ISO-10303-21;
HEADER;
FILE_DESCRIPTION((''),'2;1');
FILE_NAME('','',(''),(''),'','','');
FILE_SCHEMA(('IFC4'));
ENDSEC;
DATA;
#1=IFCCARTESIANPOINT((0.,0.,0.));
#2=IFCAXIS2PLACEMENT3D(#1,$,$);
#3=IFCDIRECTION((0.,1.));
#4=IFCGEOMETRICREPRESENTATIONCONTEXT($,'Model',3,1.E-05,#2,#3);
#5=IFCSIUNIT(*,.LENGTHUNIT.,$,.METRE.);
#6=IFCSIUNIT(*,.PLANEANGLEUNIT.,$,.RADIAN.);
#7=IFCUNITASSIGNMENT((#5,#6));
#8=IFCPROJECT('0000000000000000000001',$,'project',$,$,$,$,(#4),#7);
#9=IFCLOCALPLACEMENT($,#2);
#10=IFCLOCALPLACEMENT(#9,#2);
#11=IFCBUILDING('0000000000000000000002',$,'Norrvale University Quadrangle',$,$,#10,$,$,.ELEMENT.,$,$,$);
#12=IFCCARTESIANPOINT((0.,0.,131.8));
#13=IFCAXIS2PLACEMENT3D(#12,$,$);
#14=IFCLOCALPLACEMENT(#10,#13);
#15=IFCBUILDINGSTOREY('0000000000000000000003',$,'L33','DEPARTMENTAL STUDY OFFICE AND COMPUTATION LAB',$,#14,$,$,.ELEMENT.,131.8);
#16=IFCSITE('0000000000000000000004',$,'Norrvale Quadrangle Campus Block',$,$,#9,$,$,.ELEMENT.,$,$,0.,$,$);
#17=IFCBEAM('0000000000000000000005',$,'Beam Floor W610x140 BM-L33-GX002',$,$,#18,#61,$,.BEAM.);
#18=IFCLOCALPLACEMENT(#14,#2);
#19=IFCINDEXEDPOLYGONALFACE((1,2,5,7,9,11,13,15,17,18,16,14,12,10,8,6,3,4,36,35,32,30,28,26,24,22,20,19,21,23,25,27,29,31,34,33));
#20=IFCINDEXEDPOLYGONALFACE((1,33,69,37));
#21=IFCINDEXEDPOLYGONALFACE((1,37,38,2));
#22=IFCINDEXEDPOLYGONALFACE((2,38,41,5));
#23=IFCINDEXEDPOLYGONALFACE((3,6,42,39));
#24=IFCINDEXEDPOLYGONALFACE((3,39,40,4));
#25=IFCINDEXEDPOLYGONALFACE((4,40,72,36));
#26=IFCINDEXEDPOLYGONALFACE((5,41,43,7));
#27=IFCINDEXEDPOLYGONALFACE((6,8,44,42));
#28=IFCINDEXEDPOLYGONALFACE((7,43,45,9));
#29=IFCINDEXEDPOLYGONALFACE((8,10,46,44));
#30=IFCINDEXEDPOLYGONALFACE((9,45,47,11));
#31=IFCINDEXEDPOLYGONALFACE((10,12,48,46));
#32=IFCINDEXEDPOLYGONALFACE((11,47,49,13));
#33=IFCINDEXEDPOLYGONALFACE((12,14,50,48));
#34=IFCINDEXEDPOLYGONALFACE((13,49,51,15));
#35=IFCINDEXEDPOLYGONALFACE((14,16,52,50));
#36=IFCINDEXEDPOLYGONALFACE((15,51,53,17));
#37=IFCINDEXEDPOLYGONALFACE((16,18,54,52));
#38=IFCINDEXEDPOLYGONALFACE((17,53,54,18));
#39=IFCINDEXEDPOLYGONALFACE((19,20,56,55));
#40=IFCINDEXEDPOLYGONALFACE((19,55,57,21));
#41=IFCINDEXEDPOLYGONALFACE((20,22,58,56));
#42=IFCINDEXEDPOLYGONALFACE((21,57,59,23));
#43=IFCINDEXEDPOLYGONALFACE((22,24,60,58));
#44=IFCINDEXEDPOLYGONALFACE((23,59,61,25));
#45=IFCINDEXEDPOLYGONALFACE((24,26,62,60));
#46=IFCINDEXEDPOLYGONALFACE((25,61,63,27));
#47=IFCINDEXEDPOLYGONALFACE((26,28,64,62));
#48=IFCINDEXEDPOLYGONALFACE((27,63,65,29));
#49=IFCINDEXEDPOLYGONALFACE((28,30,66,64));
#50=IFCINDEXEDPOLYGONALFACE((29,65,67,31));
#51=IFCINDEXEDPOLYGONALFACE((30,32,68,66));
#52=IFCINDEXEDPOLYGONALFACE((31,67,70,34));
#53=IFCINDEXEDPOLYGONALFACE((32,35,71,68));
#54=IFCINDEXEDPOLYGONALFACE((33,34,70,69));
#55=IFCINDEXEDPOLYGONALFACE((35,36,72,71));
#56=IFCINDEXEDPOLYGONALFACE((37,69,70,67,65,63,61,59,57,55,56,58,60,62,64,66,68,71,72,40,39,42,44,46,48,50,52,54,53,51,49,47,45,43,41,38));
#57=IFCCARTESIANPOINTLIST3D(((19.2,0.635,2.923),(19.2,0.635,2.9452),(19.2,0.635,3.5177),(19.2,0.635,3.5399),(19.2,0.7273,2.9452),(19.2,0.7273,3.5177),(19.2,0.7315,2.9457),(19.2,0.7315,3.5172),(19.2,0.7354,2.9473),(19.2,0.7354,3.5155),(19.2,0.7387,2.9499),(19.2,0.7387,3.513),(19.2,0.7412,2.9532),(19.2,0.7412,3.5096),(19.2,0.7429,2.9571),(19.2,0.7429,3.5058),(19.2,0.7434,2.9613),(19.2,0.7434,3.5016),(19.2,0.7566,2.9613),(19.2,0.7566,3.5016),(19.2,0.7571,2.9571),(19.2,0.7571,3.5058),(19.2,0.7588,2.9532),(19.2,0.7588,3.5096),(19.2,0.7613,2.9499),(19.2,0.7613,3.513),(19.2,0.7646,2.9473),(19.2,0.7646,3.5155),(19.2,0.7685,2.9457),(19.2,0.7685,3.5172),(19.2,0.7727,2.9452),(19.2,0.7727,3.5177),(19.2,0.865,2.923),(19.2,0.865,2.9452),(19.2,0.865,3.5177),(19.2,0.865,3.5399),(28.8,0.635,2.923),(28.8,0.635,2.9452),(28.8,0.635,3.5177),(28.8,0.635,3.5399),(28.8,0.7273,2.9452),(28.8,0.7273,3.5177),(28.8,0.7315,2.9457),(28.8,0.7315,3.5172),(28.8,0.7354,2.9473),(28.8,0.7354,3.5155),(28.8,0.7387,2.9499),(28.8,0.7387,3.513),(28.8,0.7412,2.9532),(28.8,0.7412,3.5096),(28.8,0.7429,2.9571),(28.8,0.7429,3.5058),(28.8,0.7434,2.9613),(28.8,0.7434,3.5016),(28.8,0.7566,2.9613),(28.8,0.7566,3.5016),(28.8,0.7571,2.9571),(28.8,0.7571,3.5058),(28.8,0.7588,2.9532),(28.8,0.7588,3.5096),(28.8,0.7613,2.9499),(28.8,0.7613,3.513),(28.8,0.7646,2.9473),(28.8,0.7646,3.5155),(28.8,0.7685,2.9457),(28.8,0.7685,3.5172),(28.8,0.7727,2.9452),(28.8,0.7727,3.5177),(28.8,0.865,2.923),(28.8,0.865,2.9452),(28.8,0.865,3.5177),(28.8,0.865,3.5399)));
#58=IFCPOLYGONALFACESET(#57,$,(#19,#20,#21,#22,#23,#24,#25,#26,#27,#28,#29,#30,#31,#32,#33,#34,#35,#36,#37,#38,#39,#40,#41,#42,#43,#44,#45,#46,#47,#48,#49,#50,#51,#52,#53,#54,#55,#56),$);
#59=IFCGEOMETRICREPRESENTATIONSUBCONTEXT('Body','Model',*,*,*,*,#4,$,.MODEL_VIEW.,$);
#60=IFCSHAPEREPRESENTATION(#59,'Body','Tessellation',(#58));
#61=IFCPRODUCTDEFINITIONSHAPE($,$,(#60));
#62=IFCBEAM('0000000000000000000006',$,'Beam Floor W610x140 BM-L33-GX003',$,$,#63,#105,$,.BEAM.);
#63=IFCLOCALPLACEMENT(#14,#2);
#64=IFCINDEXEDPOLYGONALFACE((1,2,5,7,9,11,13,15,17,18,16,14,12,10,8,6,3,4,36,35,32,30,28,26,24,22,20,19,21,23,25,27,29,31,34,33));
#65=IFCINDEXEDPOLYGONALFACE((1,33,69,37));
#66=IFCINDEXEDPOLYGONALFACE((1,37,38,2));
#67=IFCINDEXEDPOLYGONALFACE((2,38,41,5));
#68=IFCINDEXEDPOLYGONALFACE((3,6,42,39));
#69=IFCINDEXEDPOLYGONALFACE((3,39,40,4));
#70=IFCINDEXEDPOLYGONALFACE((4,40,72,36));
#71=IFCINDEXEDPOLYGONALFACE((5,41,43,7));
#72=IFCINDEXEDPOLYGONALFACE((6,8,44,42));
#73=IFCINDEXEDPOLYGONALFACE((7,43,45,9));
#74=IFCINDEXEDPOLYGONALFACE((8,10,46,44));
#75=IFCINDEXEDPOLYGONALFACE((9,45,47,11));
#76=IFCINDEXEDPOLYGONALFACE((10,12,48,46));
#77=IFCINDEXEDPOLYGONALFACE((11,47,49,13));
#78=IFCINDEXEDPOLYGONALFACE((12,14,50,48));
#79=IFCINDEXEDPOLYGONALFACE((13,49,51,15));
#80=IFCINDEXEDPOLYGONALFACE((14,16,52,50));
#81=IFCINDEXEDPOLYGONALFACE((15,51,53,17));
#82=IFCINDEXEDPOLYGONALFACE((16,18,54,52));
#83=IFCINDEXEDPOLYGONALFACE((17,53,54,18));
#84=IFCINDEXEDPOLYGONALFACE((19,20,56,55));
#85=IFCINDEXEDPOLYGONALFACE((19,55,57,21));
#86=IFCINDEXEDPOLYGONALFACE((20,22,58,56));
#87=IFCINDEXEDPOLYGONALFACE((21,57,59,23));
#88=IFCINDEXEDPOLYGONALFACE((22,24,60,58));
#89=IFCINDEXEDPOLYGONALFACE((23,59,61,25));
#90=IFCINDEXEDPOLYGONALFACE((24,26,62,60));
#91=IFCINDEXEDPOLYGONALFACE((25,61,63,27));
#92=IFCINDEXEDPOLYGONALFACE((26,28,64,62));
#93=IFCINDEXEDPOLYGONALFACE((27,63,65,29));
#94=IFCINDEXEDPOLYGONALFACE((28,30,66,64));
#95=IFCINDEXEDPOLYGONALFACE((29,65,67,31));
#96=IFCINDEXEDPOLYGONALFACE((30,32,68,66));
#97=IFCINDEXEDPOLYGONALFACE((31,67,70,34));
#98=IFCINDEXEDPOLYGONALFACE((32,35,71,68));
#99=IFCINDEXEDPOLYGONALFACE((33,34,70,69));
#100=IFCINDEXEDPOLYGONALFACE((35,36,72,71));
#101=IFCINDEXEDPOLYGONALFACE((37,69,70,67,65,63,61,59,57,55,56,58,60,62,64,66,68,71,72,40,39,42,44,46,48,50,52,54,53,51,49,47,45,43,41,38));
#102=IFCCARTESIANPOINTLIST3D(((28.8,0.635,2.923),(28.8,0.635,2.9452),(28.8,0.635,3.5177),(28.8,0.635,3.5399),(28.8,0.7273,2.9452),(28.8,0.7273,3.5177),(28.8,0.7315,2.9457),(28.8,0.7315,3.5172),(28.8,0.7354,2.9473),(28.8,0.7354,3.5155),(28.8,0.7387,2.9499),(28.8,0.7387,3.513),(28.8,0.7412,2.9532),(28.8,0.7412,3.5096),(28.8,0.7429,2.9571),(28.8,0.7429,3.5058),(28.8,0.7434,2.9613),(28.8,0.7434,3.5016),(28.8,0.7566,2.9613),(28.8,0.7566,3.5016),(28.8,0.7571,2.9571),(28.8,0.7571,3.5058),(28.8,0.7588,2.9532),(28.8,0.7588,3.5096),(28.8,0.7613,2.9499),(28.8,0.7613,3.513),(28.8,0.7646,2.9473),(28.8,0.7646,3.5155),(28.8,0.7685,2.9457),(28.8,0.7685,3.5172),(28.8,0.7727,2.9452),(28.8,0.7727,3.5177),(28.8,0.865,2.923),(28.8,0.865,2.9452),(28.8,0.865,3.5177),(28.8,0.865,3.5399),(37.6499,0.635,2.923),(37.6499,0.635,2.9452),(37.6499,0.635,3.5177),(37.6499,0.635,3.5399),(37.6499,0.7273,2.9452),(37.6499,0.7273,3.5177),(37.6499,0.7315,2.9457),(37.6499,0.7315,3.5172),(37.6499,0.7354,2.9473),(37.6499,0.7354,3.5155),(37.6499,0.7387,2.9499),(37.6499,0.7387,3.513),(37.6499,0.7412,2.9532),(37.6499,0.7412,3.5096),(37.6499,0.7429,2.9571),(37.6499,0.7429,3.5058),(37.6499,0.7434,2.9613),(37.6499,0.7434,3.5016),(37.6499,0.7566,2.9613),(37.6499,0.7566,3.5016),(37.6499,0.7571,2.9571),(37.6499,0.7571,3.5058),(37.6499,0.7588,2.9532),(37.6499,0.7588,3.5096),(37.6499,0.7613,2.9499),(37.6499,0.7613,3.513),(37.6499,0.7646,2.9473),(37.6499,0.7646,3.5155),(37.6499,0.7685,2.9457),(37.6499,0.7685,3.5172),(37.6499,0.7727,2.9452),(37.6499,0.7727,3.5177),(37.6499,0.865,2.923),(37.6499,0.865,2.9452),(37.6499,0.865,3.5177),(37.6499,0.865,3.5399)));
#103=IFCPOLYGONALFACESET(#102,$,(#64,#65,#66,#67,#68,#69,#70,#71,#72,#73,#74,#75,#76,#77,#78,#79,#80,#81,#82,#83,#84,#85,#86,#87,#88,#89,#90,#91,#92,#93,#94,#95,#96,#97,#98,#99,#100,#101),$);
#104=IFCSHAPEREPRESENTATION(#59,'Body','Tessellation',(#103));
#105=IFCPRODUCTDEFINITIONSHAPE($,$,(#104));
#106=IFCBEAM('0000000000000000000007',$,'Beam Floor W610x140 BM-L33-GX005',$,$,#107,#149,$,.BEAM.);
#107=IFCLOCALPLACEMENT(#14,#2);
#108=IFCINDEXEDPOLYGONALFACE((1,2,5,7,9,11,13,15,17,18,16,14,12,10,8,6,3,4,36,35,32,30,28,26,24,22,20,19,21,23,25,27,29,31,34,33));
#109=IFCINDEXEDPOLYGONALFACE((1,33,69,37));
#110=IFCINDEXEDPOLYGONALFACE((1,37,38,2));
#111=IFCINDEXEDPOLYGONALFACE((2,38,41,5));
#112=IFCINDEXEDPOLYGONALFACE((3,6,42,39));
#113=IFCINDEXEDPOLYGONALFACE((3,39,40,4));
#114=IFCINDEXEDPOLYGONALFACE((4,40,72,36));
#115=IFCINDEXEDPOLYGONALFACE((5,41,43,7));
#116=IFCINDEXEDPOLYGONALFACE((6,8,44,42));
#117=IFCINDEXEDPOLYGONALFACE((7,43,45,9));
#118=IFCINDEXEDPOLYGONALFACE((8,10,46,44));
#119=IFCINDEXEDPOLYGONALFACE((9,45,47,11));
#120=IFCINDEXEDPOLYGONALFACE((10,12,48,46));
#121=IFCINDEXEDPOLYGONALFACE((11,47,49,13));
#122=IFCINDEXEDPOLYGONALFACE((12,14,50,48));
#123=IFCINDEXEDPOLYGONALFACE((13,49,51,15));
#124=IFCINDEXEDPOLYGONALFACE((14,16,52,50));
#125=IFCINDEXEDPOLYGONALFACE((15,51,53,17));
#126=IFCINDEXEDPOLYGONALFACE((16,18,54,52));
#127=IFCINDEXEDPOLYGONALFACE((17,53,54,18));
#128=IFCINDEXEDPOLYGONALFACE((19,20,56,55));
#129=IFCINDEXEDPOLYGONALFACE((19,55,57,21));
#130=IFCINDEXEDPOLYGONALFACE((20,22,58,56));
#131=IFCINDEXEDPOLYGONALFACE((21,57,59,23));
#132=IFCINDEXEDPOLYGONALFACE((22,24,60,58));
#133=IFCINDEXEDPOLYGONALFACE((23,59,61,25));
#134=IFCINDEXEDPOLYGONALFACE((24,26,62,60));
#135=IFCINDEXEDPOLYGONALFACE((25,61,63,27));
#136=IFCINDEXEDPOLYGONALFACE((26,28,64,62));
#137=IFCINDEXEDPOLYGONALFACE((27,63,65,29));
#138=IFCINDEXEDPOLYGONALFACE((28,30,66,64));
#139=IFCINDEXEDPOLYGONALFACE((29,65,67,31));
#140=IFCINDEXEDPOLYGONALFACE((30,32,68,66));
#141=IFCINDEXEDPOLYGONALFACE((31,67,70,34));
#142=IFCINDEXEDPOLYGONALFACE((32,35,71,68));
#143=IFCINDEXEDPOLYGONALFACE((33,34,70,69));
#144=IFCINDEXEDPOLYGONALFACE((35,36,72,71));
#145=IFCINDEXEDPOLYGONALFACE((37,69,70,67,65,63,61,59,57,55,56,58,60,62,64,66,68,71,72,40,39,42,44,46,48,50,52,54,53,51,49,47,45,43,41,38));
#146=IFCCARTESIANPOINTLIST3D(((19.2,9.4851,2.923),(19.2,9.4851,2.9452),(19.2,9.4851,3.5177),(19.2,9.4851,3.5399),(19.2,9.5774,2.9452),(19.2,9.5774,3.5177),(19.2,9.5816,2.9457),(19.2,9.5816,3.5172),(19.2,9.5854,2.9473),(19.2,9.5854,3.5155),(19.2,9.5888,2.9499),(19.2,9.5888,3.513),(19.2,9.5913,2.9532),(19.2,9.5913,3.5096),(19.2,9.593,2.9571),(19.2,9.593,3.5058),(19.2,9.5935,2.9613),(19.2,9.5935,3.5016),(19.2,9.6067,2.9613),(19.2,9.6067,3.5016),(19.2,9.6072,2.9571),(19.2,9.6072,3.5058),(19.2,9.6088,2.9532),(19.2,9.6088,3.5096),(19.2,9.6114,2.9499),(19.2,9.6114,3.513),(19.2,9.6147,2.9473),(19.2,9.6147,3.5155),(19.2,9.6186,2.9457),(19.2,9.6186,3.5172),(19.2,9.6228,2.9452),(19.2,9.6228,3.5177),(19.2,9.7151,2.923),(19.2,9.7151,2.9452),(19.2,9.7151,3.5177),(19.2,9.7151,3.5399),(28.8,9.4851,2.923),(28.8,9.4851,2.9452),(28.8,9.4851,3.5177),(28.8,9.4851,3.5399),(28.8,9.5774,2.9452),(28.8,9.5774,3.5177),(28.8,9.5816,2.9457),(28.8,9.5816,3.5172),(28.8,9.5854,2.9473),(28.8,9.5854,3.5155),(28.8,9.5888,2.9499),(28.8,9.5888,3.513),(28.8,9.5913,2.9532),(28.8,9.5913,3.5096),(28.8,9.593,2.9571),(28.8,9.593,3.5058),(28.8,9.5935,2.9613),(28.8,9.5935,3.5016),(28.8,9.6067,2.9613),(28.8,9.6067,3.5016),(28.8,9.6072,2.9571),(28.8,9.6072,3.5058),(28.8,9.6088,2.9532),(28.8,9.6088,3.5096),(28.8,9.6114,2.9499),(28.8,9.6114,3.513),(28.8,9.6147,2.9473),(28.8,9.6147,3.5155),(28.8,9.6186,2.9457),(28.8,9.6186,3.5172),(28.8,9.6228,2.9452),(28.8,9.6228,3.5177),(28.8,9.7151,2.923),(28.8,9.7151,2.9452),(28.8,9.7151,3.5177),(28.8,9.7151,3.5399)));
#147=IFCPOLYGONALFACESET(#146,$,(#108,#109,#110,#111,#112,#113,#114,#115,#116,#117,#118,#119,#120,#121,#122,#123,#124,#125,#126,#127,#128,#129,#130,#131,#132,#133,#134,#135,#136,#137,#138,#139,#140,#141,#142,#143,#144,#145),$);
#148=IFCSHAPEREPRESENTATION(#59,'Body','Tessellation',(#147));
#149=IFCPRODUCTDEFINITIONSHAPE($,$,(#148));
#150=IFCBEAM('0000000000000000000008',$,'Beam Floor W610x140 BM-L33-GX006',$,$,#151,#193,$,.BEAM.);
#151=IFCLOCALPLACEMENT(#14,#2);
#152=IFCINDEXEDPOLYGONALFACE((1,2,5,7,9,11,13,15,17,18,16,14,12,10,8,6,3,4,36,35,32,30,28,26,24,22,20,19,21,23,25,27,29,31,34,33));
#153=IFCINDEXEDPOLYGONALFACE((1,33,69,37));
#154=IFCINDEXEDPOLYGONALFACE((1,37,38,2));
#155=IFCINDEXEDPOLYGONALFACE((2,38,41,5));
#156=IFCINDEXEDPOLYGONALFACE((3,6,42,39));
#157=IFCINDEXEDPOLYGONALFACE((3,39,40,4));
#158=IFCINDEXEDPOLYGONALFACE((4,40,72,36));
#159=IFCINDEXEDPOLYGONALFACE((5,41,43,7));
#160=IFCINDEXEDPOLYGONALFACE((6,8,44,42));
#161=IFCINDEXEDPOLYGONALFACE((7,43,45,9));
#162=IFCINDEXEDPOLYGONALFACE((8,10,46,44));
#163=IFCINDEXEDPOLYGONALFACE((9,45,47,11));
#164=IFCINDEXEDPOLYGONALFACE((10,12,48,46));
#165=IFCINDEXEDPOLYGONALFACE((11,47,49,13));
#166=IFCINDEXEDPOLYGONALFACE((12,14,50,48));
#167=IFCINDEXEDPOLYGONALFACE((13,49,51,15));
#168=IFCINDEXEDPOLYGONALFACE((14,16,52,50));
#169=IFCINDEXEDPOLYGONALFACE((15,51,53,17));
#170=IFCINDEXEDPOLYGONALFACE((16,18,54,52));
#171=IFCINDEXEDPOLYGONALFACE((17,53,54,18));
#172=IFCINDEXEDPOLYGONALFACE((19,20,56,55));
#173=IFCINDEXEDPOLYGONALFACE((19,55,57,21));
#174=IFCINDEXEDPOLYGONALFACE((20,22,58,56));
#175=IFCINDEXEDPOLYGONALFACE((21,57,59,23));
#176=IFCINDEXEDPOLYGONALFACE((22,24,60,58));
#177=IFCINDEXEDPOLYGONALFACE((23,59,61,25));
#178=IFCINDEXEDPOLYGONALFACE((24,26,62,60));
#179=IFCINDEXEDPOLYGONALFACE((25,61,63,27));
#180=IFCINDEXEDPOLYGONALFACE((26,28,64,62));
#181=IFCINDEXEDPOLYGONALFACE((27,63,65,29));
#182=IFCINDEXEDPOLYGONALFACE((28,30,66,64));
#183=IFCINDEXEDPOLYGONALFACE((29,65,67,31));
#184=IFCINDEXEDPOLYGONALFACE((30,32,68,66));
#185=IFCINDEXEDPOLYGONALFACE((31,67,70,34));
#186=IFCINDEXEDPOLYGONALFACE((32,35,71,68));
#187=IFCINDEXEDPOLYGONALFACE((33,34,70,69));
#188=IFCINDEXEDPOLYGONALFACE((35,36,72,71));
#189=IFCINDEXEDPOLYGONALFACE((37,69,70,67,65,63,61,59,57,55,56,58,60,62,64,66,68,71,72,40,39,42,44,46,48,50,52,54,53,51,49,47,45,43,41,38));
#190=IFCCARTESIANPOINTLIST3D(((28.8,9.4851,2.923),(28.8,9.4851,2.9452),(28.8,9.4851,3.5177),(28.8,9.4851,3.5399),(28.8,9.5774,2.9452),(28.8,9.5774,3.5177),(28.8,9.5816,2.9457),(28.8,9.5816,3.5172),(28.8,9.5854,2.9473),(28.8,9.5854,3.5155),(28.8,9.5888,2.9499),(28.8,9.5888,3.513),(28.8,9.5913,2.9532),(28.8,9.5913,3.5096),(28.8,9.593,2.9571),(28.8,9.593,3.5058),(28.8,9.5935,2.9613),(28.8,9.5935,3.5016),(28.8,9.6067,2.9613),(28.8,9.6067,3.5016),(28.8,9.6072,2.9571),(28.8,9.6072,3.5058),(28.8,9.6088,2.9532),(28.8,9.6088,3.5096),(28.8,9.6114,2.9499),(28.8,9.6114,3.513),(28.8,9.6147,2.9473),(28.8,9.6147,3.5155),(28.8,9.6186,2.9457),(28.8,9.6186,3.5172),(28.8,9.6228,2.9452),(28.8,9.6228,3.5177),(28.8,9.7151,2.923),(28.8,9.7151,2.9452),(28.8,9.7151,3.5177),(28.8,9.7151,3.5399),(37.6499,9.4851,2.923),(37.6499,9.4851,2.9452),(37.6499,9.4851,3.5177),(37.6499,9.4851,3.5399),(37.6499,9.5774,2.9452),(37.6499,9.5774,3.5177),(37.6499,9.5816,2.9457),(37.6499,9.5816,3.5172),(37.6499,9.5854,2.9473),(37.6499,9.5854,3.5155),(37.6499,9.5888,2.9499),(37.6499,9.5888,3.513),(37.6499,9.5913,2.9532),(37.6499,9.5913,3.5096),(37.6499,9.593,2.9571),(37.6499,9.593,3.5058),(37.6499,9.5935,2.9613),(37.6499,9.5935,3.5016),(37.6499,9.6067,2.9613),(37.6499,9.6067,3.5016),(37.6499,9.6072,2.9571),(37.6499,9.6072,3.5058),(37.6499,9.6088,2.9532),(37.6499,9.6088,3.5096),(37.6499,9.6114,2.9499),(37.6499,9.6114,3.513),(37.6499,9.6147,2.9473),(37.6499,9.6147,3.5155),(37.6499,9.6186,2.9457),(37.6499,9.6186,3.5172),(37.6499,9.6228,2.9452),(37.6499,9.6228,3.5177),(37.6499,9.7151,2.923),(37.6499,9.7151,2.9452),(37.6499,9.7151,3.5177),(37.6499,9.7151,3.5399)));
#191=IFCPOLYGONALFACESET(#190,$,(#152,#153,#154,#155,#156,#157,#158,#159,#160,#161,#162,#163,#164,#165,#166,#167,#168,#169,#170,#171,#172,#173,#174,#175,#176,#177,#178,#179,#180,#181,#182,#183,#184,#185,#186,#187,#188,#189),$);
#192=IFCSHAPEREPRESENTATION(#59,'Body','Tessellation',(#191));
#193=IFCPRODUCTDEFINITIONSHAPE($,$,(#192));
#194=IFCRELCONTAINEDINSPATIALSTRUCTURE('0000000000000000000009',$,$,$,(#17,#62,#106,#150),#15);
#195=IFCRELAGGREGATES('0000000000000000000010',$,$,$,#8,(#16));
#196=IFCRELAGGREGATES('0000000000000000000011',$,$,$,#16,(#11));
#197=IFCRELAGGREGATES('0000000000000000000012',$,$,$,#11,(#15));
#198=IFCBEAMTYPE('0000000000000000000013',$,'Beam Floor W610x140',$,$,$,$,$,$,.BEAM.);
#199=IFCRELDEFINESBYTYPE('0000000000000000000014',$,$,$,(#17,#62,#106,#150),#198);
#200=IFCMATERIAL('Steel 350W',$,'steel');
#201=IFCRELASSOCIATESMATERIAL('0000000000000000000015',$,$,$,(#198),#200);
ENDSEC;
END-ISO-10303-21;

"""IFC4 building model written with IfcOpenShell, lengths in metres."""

from ifc_helpers import new_model, si_unit, direction, frame, origin, origin_2d, place, context, subcontext, project, spatial, i_section, extrude, material, material_profile, profile_set, type_object, element, save


model = new_model("IFC4")

# Units and contexts
model_context = context("Model", 3, precision=1e-05, world=origin(), true_north=direction((0.0, 1.0)))
body_context = subcontext(model_context, "Body", "Model", "MODEL_VIEW")
ifc_project = project(units=[si_unit("LENGTHUNIT", "METRE"), si_unit("PLANEANGLEUNIT", "RADIAN")], contexts=[model_context])

# Site, building, storey
site_placement = place(None, origin())
site = spatial("IfcSite", under=ifc_project, at=site_placement, Name="Norrvale Quadrangle Campus Block", CompositionType="ELEMENT", RefElevation=0.0)
building_placement = place(site_placement, origin())
building = spatial("IfcBuilding", under=site, at=building_placement, Name="Norrvale University Quadrangle", CompositionType="ELEMENT")
storey_placement = place(building_placement, frame((0.0, 0.0, 131.8)))
storey = spatial("IfcBuildingStorey", under=building, at=storey_placement, Name="L33", Description="DEPARTMENTAL STUDY OFFICE AND COMPUTATION LAB", CompositionType="ELEMENT", Elevation=131.8)

# Beams
ifc_material_1 = material(Name="Steel 350W", Category="steel")
ifc_material_profile_1 = material_profile(ifc_material_1, i_section(OverallWidth=0.23, OverallDepth=0.6169, WebThickness=0.0132, FlangeThickness=0.0222, FilletRadius=0.0161, at=origin_2d()), Name="Steel 350W")
ifc_profile_set_1 = profile_set([ifc_material_profile_1], Name="Steel 350W")
beam_type_1 = type_object("IfcBeamType", Name="Beam Floor W610x140", PredefinedType="BEAM", material=ifc_profile_set_1)
beam_1_placement = place(storey_placement, frame((19.2, 0.75, 3.2314), z_axis=(1.0, 0.0, 0.0), x_axis=(0.0, 1.0, 0.0)))
element("IfcBeam", 1, at=beam_1_placement, inside=storey, type_object=beam_type_1, Name="Beam Floor W610x140 BM-L33-GX002", PredefinedType="BEAM", context=body_context, shape_type="SweptSolid", body=[
    extrude(i_section(OverallWidth=0.23, OverallDepth=0.6169, WebThickness=0.0132, FlangeThickness=0.0222, FilletRadius=0.0161, at=origin_2d()), origin(), (0.0, 0.0, 1.0), 9.6001),
])
beam_2_placement = place(storey_placement, frame((28.8, 0.75, 3.2314), z_axis=(1.0, 0.0, 0.0), x_axis=(0.0, 1.0, 0.0)))
element("IfcBeam", 2, at=beam_2_placement, inside=storey, type_object=beam_type_1, Name="Beam Floor W610x140 BM-L33-GX003", PredefinedType="BEAM", context=body_context, shape_type="SweptSolid", body=[
    extrude(i_section(OverallWidth=0.23, OverallDepth=0.6169, WebThickness=0.0132, FlangeThickness=0.0222, FilletRadius=0.0161, at=origin_2d()), origin(), (0.0, 0.0, 1.0), 8.8499),
])
beam_3_placement = place(storey_placement, frame((19.2, 9.6001, 3.2314), z_axis=(1.0, 0.0, 0.0), x_axis=(0.0, 1.0, 0.0)))
element("IfcBeam", 3, at=beam_3_placement, inside=storey, type_object=beam_type_1, Name="Beam Floor W610x140 BM-L33-GX005", PredefinedType="BEAM", context=body_context, shape_type="SweptSolid", body=[
    extrude(i_section(OverallWidth=0.23, OverallDepth=0.6169, WebThickness=0.0132, FlangeThickness=0.0222, FilletRadius=0.0161, at=origin_2d()), origin(), (0.0, 0.0, 1.0), 9.6001),
])
beam_4_placement = place(storey_placement, frame((28.8, 9.6001, 3.2314), z_axis=(1.0, 0.0, 0.0), x_axis=(0.0, 1.0, 0.0)))
element("IfcBeam", 4, at=beam_4_placement, inside=storey, type_object=beam_type_1, Name="Beam Floor W610x140 BM-L33-GX006", PredefinedType="BEAM", context=body_context, shape_type="SweptSolid", body=[
    extrude(i_section(OverallWidth=0.23, OverallDepth=0.6169, WebThickness=0.0132, FlangeThickness=0.0222, FilletRadius=0.0161, at=origin_2d()), origin(), (0.0, 0.0, 1.0), 8.8499),
])

save(model, "model.ifc")
